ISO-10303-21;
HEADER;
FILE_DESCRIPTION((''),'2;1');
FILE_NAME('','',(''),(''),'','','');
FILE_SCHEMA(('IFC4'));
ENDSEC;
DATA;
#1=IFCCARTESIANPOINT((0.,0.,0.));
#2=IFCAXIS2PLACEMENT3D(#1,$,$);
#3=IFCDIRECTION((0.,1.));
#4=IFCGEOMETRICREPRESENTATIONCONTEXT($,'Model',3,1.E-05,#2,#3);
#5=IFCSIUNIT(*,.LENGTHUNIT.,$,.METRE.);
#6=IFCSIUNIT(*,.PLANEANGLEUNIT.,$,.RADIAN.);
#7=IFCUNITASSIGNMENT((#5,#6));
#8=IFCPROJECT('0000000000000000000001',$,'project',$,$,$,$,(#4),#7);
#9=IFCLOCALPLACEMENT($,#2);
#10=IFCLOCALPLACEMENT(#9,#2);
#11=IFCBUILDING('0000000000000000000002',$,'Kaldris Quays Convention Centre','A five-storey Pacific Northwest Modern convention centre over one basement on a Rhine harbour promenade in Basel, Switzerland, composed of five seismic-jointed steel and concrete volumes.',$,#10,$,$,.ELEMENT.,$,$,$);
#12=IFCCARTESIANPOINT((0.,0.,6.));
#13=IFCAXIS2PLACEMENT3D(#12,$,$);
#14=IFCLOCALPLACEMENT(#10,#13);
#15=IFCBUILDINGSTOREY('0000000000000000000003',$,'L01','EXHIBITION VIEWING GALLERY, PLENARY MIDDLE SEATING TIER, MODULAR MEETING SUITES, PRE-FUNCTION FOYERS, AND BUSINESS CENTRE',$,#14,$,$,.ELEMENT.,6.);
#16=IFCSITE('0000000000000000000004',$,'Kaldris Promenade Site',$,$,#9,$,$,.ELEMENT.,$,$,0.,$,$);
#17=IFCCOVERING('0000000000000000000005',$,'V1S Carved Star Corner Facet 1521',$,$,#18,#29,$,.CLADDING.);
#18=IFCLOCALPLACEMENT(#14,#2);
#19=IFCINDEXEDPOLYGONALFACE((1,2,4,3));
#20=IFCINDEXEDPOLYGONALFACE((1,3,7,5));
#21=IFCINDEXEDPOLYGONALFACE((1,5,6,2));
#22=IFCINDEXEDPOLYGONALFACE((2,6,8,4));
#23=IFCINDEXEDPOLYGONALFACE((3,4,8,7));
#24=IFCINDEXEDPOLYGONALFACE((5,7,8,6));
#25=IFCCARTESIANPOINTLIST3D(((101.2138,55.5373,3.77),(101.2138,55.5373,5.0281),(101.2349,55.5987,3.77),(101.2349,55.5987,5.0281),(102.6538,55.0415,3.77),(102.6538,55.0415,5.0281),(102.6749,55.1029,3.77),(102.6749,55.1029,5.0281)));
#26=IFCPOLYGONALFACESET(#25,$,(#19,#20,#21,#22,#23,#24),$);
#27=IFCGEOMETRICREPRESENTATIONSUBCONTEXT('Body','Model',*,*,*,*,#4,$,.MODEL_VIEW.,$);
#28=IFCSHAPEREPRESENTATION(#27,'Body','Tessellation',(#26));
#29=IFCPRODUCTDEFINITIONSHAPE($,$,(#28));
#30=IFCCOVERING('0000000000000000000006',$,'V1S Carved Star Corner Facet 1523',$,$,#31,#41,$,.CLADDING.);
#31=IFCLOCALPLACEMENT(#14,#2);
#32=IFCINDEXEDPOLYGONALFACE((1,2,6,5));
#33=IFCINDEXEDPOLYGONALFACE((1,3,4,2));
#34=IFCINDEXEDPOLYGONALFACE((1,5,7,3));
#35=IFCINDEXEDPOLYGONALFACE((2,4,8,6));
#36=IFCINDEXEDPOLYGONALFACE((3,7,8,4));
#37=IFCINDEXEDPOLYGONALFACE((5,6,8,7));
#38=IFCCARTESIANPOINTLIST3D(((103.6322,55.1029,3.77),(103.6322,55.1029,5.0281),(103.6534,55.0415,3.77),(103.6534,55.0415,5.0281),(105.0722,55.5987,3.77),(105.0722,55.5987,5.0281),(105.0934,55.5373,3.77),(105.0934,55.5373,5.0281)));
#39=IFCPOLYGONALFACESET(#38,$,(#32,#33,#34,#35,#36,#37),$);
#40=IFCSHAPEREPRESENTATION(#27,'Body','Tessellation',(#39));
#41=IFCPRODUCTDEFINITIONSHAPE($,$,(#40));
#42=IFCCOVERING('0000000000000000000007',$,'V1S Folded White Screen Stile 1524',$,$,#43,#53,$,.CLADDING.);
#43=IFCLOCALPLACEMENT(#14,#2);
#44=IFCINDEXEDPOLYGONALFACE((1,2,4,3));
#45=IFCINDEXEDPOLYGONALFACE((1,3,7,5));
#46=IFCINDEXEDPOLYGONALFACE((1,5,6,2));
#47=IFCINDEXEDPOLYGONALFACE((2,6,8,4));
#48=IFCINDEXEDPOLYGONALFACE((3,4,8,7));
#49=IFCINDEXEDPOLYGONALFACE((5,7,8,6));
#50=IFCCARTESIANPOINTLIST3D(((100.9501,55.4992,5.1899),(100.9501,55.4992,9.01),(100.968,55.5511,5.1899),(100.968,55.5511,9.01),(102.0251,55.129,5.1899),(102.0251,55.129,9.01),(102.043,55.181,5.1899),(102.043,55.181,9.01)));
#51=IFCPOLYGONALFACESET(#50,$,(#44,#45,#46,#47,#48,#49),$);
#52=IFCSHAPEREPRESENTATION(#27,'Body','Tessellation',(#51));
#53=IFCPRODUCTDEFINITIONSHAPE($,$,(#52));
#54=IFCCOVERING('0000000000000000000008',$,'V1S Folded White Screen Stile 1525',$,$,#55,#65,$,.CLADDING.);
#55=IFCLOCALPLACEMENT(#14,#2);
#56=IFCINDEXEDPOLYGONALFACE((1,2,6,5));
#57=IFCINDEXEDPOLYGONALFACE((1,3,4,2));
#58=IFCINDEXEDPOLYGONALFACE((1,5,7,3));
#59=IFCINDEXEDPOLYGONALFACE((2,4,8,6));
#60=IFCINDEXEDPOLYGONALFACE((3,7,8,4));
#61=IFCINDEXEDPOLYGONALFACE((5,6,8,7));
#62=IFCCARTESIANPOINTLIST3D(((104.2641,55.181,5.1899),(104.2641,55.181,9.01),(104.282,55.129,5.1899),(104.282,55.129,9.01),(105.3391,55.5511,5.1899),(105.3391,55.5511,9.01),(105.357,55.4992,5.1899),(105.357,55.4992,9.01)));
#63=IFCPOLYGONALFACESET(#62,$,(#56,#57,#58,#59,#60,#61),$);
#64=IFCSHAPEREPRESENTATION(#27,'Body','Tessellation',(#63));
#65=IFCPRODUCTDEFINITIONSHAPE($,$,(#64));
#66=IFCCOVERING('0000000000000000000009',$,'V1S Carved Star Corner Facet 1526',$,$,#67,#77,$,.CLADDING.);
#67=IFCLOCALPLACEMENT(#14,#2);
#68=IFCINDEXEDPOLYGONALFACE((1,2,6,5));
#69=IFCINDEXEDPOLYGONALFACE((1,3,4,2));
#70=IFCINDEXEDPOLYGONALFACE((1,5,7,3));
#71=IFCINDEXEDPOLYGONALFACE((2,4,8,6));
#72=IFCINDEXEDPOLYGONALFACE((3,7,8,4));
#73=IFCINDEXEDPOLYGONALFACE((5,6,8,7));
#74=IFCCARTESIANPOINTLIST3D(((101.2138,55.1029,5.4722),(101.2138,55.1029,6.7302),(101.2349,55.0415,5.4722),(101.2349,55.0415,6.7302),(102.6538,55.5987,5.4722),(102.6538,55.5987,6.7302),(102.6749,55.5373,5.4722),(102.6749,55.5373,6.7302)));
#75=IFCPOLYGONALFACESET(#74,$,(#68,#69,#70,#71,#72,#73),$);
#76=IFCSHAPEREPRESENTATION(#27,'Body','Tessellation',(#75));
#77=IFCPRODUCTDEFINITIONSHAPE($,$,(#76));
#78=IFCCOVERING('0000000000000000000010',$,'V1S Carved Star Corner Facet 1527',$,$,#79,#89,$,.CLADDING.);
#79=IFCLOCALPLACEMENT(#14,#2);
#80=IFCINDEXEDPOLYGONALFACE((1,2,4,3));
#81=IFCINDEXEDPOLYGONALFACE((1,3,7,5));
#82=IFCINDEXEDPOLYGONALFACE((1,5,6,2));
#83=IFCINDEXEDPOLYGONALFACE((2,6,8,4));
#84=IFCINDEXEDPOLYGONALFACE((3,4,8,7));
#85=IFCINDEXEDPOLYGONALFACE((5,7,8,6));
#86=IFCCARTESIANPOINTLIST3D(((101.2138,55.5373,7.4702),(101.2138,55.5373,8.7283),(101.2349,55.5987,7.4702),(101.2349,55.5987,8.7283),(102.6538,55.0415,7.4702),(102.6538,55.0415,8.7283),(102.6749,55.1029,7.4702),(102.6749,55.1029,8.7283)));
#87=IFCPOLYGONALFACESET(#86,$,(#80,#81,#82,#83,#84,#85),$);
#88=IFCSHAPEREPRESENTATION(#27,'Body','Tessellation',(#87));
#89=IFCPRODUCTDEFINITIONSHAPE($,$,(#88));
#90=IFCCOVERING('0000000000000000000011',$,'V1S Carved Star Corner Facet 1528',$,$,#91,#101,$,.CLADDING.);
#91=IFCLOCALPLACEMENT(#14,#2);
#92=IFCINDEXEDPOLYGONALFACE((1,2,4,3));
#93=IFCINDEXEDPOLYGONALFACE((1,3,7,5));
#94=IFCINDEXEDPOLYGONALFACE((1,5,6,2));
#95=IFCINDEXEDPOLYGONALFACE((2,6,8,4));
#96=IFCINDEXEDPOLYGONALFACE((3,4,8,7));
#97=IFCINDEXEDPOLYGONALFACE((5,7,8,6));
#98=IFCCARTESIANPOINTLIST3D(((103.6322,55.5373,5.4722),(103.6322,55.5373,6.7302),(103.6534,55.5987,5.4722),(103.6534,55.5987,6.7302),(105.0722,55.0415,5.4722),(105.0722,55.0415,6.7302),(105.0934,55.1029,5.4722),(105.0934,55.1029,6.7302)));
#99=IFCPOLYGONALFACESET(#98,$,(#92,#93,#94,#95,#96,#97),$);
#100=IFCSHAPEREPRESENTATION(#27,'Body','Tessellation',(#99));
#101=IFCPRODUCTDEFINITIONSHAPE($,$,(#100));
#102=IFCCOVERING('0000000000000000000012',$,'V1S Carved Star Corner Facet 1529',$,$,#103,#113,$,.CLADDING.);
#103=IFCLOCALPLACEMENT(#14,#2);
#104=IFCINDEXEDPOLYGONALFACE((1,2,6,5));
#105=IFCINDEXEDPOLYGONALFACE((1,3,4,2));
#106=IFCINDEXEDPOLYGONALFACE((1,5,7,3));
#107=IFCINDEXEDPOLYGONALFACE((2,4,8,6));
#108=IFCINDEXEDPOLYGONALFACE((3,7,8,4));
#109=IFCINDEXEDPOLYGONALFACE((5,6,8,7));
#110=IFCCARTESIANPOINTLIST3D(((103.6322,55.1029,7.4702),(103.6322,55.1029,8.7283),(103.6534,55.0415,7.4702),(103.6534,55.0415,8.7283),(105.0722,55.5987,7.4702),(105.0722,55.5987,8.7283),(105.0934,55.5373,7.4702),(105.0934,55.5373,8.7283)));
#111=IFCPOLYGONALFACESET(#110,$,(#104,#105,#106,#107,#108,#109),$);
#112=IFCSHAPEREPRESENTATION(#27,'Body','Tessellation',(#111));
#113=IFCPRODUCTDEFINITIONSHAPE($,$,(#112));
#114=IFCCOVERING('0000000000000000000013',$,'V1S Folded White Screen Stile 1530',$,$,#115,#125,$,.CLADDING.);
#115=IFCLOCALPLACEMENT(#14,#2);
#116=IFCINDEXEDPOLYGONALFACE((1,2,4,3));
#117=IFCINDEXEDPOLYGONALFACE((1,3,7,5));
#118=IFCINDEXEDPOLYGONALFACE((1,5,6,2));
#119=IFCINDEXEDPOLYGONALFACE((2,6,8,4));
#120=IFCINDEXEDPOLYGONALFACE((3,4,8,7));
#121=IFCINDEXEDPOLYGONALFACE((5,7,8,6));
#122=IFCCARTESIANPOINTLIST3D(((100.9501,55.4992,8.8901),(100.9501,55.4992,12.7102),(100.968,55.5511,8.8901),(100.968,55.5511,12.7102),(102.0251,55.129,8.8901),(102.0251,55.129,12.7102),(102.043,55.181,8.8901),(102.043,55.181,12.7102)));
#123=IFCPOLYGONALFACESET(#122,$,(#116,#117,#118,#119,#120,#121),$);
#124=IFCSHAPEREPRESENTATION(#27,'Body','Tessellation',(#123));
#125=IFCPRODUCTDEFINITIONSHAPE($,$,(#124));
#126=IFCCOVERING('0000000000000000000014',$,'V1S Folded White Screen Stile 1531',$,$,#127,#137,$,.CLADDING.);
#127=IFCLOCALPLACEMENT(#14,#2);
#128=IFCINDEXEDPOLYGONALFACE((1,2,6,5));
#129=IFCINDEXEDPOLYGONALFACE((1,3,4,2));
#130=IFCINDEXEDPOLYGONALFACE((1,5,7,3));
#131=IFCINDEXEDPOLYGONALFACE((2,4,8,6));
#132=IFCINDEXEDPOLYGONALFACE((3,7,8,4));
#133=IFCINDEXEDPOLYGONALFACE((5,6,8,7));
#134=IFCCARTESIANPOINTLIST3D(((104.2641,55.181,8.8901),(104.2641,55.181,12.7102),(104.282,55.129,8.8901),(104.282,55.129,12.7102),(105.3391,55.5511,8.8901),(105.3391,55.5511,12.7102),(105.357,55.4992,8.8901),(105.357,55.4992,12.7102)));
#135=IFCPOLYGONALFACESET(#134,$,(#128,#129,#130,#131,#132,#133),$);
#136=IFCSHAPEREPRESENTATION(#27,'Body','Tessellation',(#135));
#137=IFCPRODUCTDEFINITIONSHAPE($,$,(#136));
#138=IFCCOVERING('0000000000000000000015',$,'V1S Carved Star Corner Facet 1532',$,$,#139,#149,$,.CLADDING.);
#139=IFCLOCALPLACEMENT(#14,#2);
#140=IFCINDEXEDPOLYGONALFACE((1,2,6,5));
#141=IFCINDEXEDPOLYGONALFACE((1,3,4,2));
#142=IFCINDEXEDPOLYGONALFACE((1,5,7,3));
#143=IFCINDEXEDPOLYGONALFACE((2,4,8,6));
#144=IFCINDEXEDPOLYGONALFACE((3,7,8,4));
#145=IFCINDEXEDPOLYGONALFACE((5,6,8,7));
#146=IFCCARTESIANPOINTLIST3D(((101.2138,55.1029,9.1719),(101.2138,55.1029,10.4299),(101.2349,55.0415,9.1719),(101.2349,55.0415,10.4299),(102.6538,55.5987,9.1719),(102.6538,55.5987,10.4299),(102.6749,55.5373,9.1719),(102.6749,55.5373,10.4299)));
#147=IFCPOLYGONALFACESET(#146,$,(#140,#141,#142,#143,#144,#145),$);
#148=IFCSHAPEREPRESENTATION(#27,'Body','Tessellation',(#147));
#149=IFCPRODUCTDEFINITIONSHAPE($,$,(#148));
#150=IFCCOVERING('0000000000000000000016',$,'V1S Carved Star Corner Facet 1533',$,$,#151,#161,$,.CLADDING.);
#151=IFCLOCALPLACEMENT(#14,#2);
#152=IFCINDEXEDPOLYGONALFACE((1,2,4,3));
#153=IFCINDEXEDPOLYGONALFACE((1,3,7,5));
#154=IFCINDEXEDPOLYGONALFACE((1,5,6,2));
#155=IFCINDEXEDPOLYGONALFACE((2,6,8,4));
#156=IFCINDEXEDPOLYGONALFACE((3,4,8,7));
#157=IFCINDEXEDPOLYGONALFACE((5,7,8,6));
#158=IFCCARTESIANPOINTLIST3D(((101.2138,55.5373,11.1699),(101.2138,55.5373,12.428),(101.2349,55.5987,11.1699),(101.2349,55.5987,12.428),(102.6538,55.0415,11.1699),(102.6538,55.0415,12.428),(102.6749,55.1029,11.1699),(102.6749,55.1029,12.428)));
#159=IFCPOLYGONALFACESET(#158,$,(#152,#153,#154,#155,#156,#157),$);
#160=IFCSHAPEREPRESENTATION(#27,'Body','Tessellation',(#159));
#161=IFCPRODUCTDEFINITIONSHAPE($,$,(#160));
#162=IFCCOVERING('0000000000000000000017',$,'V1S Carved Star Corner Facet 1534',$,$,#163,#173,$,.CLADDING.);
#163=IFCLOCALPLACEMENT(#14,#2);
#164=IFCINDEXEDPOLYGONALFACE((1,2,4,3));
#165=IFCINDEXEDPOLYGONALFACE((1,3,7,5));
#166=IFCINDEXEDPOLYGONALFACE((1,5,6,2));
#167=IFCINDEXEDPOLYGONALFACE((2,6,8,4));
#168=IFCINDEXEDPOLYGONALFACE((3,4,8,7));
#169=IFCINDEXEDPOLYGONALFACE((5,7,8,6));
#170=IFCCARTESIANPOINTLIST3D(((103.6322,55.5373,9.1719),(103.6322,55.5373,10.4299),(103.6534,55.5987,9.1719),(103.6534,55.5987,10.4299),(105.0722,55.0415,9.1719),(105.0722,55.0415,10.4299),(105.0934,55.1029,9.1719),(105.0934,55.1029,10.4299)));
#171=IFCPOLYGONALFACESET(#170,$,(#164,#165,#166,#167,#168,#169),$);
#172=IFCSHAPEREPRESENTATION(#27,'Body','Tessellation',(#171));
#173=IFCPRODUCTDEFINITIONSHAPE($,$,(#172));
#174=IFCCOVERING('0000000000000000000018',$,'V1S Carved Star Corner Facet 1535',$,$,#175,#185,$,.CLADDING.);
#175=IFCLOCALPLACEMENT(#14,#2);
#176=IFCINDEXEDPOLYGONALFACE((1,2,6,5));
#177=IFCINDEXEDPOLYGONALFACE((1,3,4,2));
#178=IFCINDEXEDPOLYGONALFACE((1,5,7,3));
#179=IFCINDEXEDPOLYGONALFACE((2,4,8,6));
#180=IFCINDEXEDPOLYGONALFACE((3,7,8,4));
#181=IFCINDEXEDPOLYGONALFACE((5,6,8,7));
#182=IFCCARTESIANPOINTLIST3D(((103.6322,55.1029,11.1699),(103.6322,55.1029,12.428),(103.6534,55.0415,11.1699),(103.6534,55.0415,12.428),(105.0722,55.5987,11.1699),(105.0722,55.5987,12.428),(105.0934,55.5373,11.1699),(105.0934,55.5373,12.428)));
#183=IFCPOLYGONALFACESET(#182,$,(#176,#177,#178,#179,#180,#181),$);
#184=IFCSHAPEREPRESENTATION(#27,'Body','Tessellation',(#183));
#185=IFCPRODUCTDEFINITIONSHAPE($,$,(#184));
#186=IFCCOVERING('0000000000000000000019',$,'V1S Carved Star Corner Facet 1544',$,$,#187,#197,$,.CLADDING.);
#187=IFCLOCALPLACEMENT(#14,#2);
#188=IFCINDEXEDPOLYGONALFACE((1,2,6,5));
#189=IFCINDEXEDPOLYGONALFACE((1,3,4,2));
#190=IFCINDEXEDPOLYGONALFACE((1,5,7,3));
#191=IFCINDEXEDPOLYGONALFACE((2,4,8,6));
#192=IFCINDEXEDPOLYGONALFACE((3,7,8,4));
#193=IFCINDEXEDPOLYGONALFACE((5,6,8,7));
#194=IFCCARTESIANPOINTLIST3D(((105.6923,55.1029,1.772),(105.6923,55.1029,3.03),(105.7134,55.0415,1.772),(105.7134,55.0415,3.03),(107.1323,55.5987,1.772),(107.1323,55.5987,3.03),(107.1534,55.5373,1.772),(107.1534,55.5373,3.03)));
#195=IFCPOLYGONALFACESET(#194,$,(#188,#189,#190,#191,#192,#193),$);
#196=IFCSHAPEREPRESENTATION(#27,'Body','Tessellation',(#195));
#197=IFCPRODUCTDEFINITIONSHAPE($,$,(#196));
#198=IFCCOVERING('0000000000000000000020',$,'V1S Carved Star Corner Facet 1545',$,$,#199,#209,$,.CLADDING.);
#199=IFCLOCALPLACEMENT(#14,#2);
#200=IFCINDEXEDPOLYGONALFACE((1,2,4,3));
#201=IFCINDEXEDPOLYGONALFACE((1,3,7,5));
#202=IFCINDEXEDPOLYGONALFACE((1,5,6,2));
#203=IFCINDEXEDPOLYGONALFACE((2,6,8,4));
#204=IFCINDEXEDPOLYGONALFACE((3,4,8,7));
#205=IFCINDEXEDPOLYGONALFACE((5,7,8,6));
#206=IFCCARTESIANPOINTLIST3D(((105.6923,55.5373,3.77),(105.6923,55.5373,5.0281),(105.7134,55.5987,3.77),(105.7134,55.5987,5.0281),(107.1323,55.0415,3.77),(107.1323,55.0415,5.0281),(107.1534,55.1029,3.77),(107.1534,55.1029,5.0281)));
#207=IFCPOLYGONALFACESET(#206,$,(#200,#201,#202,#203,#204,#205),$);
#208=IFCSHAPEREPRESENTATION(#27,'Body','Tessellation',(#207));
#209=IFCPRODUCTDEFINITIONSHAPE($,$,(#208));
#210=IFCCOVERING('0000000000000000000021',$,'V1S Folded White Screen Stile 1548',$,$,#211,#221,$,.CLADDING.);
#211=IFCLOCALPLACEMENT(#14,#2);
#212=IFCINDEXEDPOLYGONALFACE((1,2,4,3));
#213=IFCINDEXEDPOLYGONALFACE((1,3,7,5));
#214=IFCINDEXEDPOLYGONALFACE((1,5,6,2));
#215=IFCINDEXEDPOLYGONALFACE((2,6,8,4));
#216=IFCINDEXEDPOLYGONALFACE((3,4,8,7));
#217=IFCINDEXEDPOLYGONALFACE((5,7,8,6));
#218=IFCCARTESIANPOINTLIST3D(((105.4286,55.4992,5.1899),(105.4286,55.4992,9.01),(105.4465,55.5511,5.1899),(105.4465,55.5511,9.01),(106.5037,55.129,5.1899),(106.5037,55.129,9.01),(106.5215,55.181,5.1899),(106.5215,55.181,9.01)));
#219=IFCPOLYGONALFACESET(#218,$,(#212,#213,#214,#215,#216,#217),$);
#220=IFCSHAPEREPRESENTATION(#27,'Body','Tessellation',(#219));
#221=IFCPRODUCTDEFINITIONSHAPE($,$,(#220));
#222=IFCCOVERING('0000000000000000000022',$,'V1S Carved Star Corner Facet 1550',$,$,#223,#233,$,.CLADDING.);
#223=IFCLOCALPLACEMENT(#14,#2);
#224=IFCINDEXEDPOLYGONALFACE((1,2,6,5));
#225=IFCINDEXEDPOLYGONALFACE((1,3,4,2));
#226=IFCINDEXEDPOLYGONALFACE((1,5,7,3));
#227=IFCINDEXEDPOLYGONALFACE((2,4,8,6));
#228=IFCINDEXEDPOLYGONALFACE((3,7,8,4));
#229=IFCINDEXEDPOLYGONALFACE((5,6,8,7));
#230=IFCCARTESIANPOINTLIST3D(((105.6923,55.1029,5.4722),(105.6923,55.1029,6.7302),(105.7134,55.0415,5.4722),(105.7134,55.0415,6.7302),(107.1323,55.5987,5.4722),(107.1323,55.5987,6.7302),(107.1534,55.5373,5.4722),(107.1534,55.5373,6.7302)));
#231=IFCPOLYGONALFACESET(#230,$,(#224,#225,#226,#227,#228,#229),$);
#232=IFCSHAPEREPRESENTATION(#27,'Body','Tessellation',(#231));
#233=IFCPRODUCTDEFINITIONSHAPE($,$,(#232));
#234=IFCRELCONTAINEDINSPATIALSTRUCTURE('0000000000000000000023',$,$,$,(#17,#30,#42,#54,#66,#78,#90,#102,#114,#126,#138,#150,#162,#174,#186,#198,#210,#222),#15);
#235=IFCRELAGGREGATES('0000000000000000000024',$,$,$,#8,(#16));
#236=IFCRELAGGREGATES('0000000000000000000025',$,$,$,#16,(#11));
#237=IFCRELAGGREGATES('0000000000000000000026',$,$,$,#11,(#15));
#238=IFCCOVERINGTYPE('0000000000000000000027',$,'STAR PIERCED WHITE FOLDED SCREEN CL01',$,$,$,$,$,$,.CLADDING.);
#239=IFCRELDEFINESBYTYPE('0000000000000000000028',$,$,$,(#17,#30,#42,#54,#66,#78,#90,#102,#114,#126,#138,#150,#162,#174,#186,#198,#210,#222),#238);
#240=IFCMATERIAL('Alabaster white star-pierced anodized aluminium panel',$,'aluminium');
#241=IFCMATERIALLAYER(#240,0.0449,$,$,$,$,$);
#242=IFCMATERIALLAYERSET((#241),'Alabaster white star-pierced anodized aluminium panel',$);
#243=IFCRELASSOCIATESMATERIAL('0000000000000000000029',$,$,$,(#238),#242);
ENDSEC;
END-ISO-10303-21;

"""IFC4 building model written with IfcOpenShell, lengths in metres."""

from ifc_helpers import new_model, si_unit, direction, frame, origin, origin_2d, place, context, subcontext, project, spatial, rectangle, extrude, material, layer, layer_set, type_object, element, save


model = new_model("IFC4")

# Units and contexts
model_context = context("Model", 3, precision=1e-05, world=origin(), true_north=direction((0.0, 1.0)))
body_context = subcontext(model_context, "Body", "Model", "MODEL_VIEW")
ifc_project = project(units=[si_unit("LENGTHUNIT", "METRE"), si_unit("PLANEANGLEUNIT", "RADIAN")], contexts=[model_context])

# Site, building, storey
site_placement = place(None, origin())
site = spatial("IfcSite", under=ifc_project, at=site_placement, Name="Kaldris Promenade Site", CompositionType="ELEMENT", RefElevation=0.0)
building_placement = place(site_placement, origin())
building = spatial("IfcBuilding", under=site, at=building_placement, Name="Kaldris Quays Convention Centre", Description="A five-storey Pacific Northwest Modern convention centre over one basement on a Rhine harbour promenade in Basel, Switzerland, composed of five seismic-jointed steel and concrete volumes.", CompositionType="ELEMENT")
storey_placement = place(building_placement, frame((0.0, 0.0, 6.0)))
storey = spatial("IfcBuildingStorey", under=building, at=storey_placement, Name="L01", Description="EXHIBITION VIEWING GALLERY, PLENARY MIDDLE SEATING TIER, MODULAR MEETING SUITES, PRE-FUNCTION FOYERS, AND BUSINESS CENTRE", CompositionType="ELEMENT", Elevation=6.0)

# Coverings
ifc_material_1 = material(Name="Alabaster white star-pierced anodized aluminium panel", Category="aluminium")
ifc_layer = layer(ifc_material_1, 0.0449)
ifc_layer_set = layer_set([ifc_layer], Name="Alabaster white star-pierced anodized aluminium panel")
covering_type = type_object("IfcCoveringType", Name="STAR PIERCED WHITE FOLDED SCREEN CL01", PredefinedType="CLADDING", material=ifc_layer_set)
for number, where, z_axis, x_axis, name in (
    (1, (101.9443, 55.3201, 3.77), (0.0, 0.0, 1.0), (0.945519, -0.325568, 0.0), "V1S Carved Star Corner Facet 1521"),
    (2, (104.3628, 55.3201, 3.77), (0.0, 0.0, 1.0), (0.945519, 0.325568, 0.0), "V1S Carved Star Corner Facet 1523"),
):
    element("IfcCovering", number, at=place(storey_placement, frame(where, z_axis=z_axis, x_axis=x_axis)), inside=storey, type_object=covering_type, Name=name, PredefinedType="CLADDING", context=body_context, shape_type="SweptSolid", body=[
        extrude(rectangle(XDim=1.5229, YDim=0.0649, at=origin_2d()), origin(), (0.0, 0.0, 1.0), 1.2581),
    ])
for number, where, z_axis, x_axis, name in (
    (3, (101.4966, 55.3401, 5.1899), (0.0, 0.0, 1.0), (0.945519, -0.325568, 0.0), "V1S Folded White Screen Stile 1524"),
    (4, (104.8105, 55.3401, 5.1899), (0.0, 0.0, 1.0), (0.945519, 0.325568, 0.0), "V1S Folded White Screen Stile 1525"),
):
    element("IfcCovering", number, at=place(storey_placement, frame(where, z_axis=z_axis, x_axis=x_axis)), inside=storey, type_object=covering_type, Name=name, PredefinedType="CLADDING", context=body_context, shape_type="SweptSolid", body=[
        extrude(rectangle(XDim=1.137, YDim=0.0549, at=origin_2d()), origin(), (0.0, 0.0, 1.0), 3.8201),
    ])
for number, where, z_axis, x_axis, name in (
    (5, (101.9443, 55.3201, 5.4722), (0.0, 0.0, 1.0), (0.945519, 0.325568, 0.0), "V1S Carved Star Corner Facet 1526"),
    (6, (101.9443, 55.3201, 7.4702), (0.0, 0.0, 1.0), (0.945519, -0.325568, 0.0), "V1S Carved Star Corner Facet 1527"),
    (7, (104.3628, 55.3201, 5.4722), (0.0, 0.0, 1.0), (0.945519, -0.325568, 0.0), "V1S Carved Star Corner Facet 1528"),
    (8, (104.3628, 55.3201, 7.4702), (0.0, 0.0, 1.0), (0.945519, 0.325568, 0.0), "V1S Carved Star Corner Facet 1529"),
):
    element("IfcCovering", number, at=place(storey_placement, frame(where, z_axis=z_axis, x_axis=x_axis)), inside=storey, type_object=covering_type, Name=name, PredefinedType="CLADDING", context=body_context, shape_type="SweptSolid", body=[
        extrude(rectangle(XDim=1.5229, YDim=0.0649, at=origin_2d()), origin(), (0.0, 0.0, 1.0), 1.2581),
    ])
for number, where, z_axis, x_axis, name in (
    (9, (101.4966, 55.3401, 8.8901), (0.0, 0.0, 1.0), (0.945519, -0.325568, 0.0), "V1S Folded White Screen Stile 1530"),
    (10, (104.8105, 55.3401, 8.8901), (0.0, 0.0, 1.0), (0.945519, 0.325568, 0.0), "V1S Folded White Screen Stile 1531"),
):
    element("IfcCovering", number, at=place(storey_placement, frame(where, z_axis=z_axis, x_axis=x_axis)), inside=storey, type_object=covering_type, Name=name, PredefinedType="CLADDING", context=body_context, shape_type="SweptSolid", body=[
        extrude(rectangle(XDim=1.137, YDim=0.0549, at=origin_2d()), origin(), (0.0, 0.0, 1.0), 3.8201),
    ])
for number, where, z_axis, x_axis, name in (
    (11, (101.9443, 55.3201, 9.1719), (0.0, 0.0, 1.0), (0.945519, 0.325568, 0.0), "V1S Carved Star Corner Facet 1532"),
    (12, (101.9443, 55.3201, 11.1699), (0.0, 0.0, 1.0), (0.945519, -0.325568, 0.0), "V1S Carved Star Corner Facet 1533"),
    (13, (104.3628, 55.3201, 9.1719), (0.0, 0.0, 1.0), (0.945519, -0.325568, 0.0), "V1S Carved Star Corner Facet 1534"),
    (14, (104.3628, 55.3201, 11.1699), (0.0, 0.0, 1.0), (0.945519, 0.325568, 0.0), "V1S Carved Star Corner Facet 1535"),
    (15, (106.4229, 55.3201, 1.772), (0.0, 0.0, 1.0), (0.945519, 0.325568, 0.0), "V1S Carved Star Corner Facet 1544"),
    (16, (106.4229, 55.3201, 3.77), (0.0, 0.0, 1.0), (0.945519, -0.325568, 0.0), "V1S Carved Star Corner Facet 1545"),
):
    element("IfcCovering", number, at=place(storey_placement, frame(where, z_axis=z_axis, x_axis=x_axis)), inside=storey, type_object=covering_type, Name=name, PredefinedType="CLADDING", context=body_context, shape_type="SweptSolid", body=[
        extrude(rectangle(XDim=1.5229, YDim=0.0649, at=origin_2d()), origin(), (0.0, 0.0, 1.0), 1.2581),
    ])
covering_1_placement = place(storey_placement, frame((105.9751, 55.3401, 5.1899), z_axis=(0.0, 0.0, 1.0), x_axis=(0.945519, -0.325568, 0.0)))
element("IfcCovering", 17, at=covering_1_placement, inside=storey, type_object=covering_type, Name="V1S Folded White Screen Stile 1548", PredefinedType="CLADDING", context=body_context, shape_type="SweptSolid", body=[
    extrude(rectangle(XDim=1.137, YDim=0.0549, at=origin_2d()), origin(), (0.0, 0.0, 1.0), 3.8201),
])
for number, where, z_axis, x_axis, name in (
    (18, (106.4229, 55.3201, 5.4722), (0.0, 0.0, 1.0), (0.945519, 0.325568, 0.0), "V1S Carved Star Corner Facet 1550"),
):
    element("IfcCovering", number, at=place(storey_placement, frame(where, z_axis=z_axis, x_axis=x_axis)), inside=storey, type_object=covering_type, Name=name, PredefinedType="CLADDING", context=body_context, shape_type="SweptSolid", body=[
        extrude(rectangle(XDim=1.5229, YDim=0.0649, at=origin_2d()), origin(), (0.0, 0.0, 1.0), 1.2581),
    ])

save(model, "model.ifc")
